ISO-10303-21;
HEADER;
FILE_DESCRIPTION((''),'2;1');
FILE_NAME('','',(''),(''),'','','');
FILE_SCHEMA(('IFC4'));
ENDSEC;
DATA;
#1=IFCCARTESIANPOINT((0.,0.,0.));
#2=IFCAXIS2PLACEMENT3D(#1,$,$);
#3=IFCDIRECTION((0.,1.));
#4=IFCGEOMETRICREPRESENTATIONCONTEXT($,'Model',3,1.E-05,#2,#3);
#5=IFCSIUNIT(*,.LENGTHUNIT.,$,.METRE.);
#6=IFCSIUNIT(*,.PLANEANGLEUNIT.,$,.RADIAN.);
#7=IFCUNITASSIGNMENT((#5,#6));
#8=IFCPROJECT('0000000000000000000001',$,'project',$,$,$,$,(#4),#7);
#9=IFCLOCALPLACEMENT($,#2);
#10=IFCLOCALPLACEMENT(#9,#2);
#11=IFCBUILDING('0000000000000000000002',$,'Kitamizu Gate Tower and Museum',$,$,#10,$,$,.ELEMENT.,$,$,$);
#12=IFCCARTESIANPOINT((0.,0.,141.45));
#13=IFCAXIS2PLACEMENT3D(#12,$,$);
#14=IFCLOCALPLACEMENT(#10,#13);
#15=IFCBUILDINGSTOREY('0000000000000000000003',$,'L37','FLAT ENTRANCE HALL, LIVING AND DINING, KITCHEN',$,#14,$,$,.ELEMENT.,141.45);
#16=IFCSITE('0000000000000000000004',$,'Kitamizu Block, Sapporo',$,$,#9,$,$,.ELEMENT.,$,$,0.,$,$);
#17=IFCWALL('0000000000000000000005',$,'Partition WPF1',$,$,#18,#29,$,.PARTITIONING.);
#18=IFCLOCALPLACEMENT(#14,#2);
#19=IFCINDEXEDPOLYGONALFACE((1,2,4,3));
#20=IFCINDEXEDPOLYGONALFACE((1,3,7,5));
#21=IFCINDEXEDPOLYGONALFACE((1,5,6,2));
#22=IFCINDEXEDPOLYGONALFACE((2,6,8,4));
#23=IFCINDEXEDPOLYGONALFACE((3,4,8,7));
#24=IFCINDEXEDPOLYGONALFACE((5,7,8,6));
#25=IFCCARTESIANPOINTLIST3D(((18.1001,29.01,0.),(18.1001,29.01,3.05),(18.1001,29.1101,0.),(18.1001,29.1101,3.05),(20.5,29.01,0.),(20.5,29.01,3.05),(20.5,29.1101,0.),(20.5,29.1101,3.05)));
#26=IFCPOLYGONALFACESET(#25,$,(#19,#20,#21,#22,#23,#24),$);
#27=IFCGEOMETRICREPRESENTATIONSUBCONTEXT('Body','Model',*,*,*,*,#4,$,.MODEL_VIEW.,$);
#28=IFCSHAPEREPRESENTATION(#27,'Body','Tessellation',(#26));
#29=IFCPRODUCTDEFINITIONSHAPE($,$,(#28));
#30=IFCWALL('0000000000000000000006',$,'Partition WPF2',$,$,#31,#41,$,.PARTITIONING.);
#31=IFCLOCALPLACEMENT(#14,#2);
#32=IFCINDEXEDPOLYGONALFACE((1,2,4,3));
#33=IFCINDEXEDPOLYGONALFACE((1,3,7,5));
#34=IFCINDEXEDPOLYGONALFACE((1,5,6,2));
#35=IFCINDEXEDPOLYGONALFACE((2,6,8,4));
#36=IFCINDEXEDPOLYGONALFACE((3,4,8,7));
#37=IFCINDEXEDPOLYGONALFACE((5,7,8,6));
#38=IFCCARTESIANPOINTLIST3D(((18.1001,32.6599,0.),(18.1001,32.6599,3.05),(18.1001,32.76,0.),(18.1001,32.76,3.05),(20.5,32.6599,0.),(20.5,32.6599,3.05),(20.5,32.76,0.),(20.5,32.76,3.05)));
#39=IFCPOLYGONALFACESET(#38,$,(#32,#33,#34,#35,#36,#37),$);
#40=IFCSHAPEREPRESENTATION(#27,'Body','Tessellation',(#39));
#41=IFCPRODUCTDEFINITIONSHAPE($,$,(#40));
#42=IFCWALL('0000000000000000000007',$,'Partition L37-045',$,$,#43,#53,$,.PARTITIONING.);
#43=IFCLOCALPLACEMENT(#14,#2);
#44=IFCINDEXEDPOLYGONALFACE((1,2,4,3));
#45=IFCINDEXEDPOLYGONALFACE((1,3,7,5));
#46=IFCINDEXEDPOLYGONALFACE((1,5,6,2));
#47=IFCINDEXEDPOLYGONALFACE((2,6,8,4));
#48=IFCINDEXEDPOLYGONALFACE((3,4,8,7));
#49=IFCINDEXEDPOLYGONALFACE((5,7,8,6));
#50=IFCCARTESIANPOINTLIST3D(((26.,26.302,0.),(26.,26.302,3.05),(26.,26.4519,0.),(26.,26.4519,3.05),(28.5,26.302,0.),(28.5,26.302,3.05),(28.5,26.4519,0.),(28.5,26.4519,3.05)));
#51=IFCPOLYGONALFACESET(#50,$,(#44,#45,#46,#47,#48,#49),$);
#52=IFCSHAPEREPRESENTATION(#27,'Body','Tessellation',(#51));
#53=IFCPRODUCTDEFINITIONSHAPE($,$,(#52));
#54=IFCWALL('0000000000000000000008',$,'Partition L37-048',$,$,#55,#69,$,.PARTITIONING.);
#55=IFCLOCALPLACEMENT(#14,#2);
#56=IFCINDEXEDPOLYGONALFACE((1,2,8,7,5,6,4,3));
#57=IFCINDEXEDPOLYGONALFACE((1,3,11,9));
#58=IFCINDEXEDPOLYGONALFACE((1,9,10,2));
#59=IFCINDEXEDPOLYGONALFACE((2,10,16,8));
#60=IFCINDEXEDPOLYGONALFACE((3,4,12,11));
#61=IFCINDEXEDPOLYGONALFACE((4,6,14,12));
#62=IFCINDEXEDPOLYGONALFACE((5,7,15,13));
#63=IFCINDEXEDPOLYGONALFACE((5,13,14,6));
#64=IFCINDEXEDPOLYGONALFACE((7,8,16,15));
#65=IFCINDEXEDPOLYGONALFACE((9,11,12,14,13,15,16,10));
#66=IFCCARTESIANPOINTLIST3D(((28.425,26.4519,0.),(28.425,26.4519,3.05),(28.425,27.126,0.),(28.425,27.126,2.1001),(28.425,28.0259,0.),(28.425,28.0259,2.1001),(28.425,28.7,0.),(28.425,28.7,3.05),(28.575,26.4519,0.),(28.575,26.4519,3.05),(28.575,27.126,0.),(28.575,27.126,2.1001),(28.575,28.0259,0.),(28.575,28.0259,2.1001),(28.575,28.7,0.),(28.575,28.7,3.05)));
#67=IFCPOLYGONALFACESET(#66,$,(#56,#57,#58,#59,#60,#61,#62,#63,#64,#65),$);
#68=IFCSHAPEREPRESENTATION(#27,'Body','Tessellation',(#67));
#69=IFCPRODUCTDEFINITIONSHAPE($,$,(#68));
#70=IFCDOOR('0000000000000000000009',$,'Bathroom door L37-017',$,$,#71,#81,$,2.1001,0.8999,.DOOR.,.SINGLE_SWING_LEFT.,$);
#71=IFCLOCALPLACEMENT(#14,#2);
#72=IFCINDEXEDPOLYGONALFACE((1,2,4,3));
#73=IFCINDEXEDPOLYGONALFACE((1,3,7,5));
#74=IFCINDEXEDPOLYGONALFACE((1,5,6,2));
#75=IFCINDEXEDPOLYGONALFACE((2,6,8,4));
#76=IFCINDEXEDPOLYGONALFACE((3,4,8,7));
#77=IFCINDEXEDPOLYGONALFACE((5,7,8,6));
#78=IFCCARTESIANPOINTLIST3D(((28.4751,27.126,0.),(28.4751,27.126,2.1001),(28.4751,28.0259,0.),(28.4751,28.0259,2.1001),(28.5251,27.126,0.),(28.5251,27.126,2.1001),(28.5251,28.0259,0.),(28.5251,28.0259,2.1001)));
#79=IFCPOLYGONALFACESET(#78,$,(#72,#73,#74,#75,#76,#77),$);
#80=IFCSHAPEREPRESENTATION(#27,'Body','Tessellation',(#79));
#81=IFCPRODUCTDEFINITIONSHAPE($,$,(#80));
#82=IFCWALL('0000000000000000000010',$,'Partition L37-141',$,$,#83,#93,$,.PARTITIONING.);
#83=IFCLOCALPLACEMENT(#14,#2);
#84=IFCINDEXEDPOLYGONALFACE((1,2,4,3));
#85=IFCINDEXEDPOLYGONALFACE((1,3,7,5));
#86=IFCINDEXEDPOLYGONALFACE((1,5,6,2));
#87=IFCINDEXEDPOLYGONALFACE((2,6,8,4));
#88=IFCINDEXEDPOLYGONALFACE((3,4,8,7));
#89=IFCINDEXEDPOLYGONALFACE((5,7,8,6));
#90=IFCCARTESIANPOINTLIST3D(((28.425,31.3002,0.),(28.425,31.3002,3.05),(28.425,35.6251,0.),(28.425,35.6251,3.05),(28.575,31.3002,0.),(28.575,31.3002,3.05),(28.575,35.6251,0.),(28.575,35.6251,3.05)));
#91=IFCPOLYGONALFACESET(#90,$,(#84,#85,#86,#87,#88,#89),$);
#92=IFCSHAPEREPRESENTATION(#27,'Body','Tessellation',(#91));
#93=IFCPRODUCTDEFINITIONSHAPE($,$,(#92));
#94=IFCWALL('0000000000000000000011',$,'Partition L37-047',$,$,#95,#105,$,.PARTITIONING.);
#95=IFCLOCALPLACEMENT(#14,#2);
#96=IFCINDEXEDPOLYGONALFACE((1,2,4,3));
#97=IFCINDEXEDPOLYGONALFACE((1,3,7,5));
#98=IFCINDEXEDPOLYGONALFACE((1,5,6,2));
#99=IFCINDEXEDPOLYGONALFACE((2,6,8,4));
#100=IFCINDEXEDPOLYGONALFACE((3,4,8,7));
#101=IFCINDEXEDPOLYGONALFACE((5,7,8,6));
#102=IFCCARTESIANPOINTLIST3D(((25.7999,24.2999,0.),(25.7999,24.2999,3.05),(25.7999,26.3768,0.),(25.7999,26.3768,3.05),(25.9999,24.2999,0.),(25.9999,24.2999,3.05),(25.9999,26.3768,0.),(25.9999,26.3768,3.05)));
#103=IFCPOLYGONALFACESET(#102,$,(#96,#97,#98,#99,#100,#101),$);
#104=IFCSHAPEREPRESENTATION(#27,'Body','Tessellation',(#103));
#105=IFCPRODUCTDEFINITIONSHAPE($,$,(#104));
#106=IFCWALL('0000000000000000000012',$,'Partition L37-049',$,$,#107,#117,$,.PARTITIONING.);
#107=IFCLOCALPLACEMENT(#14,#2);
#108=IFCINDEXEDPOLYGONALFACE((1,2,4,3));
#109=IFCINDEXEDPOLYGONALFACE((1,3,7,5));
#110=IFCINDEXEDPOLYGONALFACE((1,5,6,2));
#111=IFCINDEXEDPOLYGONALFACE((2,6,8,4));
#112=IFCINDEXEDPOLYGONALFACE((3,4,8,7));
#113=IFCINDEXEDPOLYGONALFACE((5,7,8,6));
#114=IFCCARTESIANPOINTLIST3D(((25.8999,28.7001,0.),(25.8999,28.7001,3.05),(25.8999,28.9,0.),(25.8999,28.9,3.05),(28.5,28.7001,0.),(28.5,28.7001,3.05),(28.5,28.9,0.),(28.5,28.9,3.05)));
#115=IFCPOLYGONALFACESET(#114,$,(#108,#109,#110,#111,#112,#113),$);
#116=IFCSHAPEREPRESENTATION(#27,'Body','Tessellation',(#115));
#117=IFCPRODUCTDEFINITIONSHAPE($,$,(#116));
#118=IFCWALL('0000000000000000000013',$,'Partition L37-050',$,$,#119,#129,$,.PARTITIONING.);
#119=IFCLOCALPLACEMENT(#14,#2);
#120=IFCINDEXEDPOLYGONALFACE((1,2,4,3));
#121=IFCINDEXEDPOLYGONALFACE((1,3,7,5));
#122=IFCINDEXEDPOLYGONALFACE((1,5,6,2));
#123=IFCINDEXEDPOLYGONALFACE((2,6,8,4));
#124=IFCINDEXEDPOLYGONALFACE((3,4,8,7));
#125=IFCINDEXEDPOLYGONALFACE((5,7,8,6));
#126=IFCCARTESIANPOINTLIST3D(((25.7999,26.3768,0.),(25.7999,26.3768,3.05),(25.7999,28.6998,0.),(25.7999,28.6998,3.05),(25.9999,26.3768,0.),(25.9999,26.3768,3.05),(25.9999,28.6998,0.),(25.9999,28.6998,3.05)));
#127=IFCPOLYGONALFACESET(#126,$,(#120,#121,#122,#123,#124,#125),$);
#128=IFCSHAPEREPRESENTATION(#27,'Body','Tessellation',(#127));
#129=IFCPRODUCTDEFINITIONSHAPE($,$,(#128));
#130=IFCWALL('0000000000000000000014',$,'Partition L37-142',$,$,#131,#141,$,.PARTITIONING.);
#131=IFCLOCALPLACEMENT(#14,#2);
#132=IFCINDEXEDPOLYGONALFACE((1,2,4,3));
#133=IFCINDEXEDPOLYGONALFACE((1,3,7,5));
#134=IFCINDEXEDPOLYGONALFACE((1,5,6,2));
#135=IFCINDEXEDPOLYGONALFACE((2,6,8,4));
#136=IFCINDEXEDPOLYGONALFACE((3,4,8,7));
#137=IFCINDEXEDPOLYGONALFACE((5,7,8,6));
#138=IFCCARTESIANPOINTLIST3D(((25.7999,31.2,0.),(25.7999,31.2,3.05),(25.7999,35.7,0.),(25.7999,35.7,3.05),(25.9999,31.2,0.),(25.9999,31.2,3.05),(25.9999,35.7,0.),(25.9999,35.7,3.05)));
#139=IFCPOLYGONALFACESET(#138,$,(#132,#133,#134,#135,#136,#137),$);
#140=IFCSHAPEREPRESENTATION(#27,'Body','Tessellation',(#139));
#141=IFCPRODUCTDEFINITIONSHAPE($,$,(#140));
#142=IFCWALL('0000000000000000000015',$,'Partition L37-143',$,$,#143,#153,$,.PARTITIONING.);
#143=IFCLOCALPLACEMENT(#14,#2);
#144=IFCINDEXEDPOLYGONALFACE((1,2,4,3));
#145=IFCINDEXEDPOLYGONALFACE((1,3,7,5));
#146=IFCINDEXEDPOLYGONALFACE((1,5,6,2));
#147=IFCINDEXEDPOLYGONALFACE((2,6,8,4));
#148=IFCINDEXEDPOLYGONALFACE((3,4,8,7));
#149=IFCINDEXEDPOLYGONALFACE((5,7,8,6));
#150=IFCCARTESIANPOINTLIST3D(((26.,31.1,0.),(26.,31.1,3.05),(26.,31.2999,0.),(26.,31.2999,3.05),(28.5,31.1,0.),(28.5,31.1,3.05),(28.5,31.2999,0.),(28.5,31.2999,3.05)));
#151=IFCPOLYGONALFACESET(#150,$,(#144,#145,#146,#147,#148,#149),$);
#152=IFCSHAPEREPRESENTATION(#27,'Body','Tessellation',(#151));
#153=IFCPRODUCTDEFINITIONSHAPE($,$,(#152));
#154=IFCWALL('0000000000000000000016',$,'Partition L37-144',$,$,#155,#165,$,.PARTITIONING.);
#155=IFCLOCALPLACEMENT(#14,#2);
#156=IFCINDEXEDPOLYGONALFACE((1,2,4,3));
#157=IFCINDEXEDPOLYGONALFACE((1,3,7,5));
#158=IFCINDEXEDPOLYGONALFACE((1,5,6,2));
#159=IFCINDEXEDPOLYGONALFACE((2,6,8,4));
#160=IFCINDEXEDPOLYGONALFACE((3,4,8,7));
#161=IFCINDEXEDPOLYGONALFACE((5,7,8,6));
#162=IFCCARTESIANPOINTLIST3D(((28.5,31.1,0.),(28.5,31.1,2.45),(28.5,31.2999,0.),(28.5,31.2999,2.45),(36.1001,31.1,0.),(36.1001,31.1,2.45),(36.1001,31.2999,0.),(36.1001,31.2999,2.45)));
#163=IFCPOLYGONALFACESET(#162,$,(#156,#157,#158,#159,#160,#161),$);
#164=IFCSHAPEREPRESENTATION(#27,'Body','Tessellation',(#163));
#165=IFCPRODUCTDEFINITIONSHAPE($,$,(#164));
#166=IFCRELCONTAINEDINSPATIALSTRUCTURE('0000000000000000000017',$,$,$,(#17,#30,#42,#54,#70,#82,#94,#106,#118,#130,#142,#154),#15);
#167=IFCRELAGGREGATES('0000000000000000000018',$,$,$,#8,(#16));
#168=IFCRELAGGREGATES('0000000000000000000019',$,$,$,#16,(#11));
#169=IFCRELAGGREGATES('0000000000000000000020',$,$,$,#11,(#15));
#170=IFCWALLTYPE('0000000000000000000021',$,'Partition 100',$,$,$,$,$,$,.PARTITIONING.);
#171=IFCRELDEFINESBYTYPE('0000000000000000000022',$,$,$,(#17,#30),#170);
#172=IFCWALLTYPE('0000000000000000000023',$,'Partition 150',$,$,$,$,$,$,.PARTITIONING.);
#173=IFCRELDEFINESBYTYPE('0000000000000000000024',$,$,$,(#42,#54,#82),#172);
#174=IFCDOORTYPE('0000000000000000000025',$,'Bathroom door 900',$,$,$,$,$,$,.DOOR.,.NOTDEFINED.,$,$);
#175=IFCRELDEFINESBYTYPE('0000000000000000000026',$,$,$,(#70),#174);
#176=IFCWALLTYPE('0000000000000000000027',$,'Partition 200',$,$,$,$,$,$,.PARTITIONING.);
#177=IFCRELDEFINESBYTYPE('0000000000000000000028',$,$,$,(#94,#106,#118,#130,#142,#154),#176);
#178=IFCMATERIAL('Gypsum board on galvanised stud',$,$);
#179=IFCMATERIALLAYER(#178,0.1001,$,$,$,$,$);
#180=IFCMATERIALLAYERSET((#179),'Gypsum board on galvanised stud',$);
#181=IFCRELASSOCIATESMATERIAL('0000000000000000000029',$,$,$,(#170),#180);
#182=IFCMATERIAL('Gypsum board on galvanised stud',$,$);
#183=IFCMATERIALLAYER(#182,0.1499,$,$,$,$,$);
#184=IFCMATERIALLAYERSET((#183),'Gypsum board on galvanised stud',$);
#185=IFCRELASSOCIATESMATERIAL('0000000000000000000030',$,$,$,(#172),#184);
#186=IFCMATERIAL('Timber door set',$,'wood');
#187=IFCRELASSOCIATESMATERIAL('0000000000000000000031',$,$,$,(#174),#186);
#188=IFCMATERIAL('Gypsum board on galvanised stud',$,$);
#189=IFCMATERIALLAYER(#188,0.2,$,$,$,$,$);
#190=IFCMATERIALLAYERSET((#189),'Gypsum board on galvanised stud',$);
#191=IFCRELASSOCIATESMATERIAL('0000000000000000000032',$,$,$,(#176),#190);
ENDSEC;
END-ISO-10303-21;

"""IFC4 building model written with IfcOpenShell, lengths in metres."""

from ifc_helpers import new_model, si_unit, direction, frame, frame_2d, origin, place, context, subcontext, project, spatial, rectangle, extrude, material, layer, layer_set, type_object, element, fill, save


model = new_model("IFC4")

# Units and contexts
model_context = context("Model", 3, precision=1e-05, world=origin(), true_north=direction((0.0, 1.0)))
body_context = subcontext(model_context, "Body", "Model", "MODEL_VIEW")
ifc_project = project(units=[si_unit("LENGTHUNIT", "METRE"), si_unit("PLANEANGLEUNIT", "RADIAN")], contexts=[model_context])

# Site, building, storey
site_placement = place(None, origin())
site = spatial("IfcSite", under=ifc_project, at=site_placement, Name="Kitamizu Block, Sapporo", CompositionType="ELEMENT", RefElevation=0.0)
building_placement = place(site_placement, origin())
building = spatial("IfcBuilding", under=site, at=building_placement, Name="Kitamizu Gate Tower and Museum", CompositionType="ELEMENT")
storey_placement = place(building_placement, frame((0.0, 0.0, 141.45)))
storey = spatial("IfcBuildingStorey", under=building, at=storey_placement, Name="L37", Description="FLAT ENTRANCE HALL, LIVING AND DINING, KITCHEN", CompositionType="ELEMENT", Elevation=141.45)

# Walls
ifc_material_1 = material(Name="Gypsum board on galvanised stud")
ifc_layer_1 = layer(ifc_material_1, 0.1001)
ifc_layer_set_1 = layer_set([ifc_layer_1], Name="Gypsum board on galvanised stud")
wall_type_1 = type_object("IfcWallType", Name="Partition 100", PredefinedType="PARTITIONING", material=ifc_layer_set_1)
for number, where, z_axis, x_axis, name in (
    (1, (18.1001, 29.0601, 0.0), (0.0, 0.0, 1.0), (1.0, 0.0, 0.0), "Partition WPF1"),
    (2, (18.1001, 32.71, 0.0), (0.0, 0.0, 1.0), (1.0, 0.0, 0.0), "Partition WPF2"),
):
    element("IfcWall", number, at=place(storey_placement, frame(where, z_axis=z_axis, x_axis=x_axis)), inside=storey, type_object=wall_type_1, Name=name, PredefinedType="PARTITIONING", context=body_context, shape_type="SweptSolid", body=[
        extrude(rectangle(XDim=2.3999, YDim=0.1001, at=frame_2d((1.2, 0.0))), origin(), (0.0, 0.0, 1.0), 3.05),
    ])
ifc_material_2 = material(Name="Gypsum board on galvanised stud")
ifc_layer_2 = layer(ifc_material_2, 0.1499)
ifc_layer_set_2 = layer_set([ifc_layer_2], Name="Gypsum board on galvanised stud")
wall_type_2 = type_object("IfcWallType", Name="Partition 150", PredefinedType="PARTITIONING", material=ifc_layer_set_2)
wall_1_placement = place(storey_placement, frame((28.5, 26.377, 0.0), z_axis=(0.0, 0.0, 1.0), x_axis=(-1.0, 0.0, 0.0)))
element("IfcWall", 3, at=wall_1_placement, inside=storey, type_object=wall_type_2, Name="Partition L37-045", PredefinedType="PARTITIONING", context=body_context, shape_type="SweptSolid", body=[
    extrude(rectangle(XDim=2.5, YDim=0.1499, at=frame_2d((1.25, 0.0))), origin(), (0.0, 0.0, 1.0), 3.05),
])

# Wall, opening, door
wall_2_placement = place(storey_placement, frame((28.5, 26.4519, 0.0), z_axis=(0.0, 0.0, 1.0), x_axis=(0.0, 1.0, 0.0)))
wall_2 = element("IfcWall", 4, at=wall_2_placement, inside=storey, type_object=wall_type_2, Name="Partition L37-048", PredefinedType="PARTITIONING", context=body_context, shape_type="SweptSolid", body=[
    extrude(rectangle(XDim=2.248, YDim=0.1499, at=frame_2d((1.124, 0.0))), origin(), (0.0, 0.0, 1.0), 3.05),
])
opening_1_placement = place(wall_2_placement, frame((0.6741, 0.0, 0.0)))
opening_1 = element("IfcOpeningElement", 5, at=opening_1_placement, cuts=wall_2, PredefinedType="OPENING", context=body_context, shape_type="SweptSolid", body=[
    extrude(rectangle(XDim=0.8999, YDim=2.1001, at=frame_2d((0.45, 1.05))), frame((0.0, 0.085, 0.0), z_axis=(0.0, -1.0, 0.0), x_axis=(1.0, 0.0, 0.0)), (0.0, 0.0, 1.0), 0.1699),
])
ifc_material_3 = material(Name="Timber door set", Category="wood")
door_type_1 = type_object("IfcDoorType", Name="Bathroom door 900", OperationType="NOTDEFINED", PredefinedType="DOOR", material=ifc_material_3)
door_1_placement = place(opening_1_placement, origin())
door_1 = element("IfcDoor", 6, at=door_1_placement, inside=storey, type_object=door_type_1, Name="Bathroom door L37-017", OperationType="SINGLE_SWING_LEFT", OverallHeight=2.1001, OverallWidth=0.8999, PredefinedType="DOOR", context=body_context, shape_type="SweptSolid", body=[
    extrude(rectangle(XDim=0.8999, YDim=2.1001, at=frame_2d((0.45, 1.05))), frame((0.0, 0.0249, 0.0), z_axis=(0.0, -1.0, 0.0), x_axis=(1.0, 0.0, 0.0)), (0.0, 0.0, 1.0), 0.05),
])
fill(opening_1, door_1)

# Walls
wall_3_placement = place(storey_placement, frame((28.5, 31.3, 0.0), z_axis=(0.0, 0.0, 1.0), x_axis=(0.0, 1.0, 0.0)))
element("IfcWall", 7, at=wall_3_placement, inside=storey, type_object=wall_type_2, Name="Partition L37-141", PredefinedType="PARTITIONING", context=body_context, shape_type="SweptSolid", body=[
    extrude(rectangle(XDim=4.325, YDim=0.1499, at=frame_2d((2.1626, 0.0))), origin(), (0.0, 0.0, 1.0), 3.05),
])
ifc_material_4 = material(Name="Gypsum board on galvanised stud")
ifc_layer_3 = layer(ifc_material_4, 0.2)
ifc_layer_set_3 = layer_set([ifc_layer_3], Name="Gypsum board on galvanised stud")
wall_type_3 = type_object("IfcWallType", Name="Partition 200", PredefinedType="PARTITIONING", material=ifc_layer_set_3)
wall_4_placement = place(storey_placement, frame((25.8999, 26.377, 0.0), z_axis=(0.0, 0.0, 1.0), x_axis=(0.0, -1.0, 0.0)))
element("IfcWall", 8, at=wall_4_placement, inside=storey, type_object=wall_type_3, Name="Partition L37-047", PredefinedType="PARTITIONING", context=body_context, shape_type="SweptSolid", body=[
    extrude(rectangle(XDim=2.0769, YDim=0.2, at=frame_2d((1.0386, 0.0))), origin(), (0.0, 0.0, 1.0), 3.05),
])
wall_5_placement = place(storey_placement, frame((28.5, 28.8, 0.0), z_axis=(0.0, 0.0, 1.0), x_axis=(-1.0, 0.0, 0.0)))
element("IfcWall", 9, at=wall_5_placement, inside=storey, type_object=wall_type_3, Name="Partition L37-049", PredefinedType="PARTITIONING", context=body_context, shape_type="SweptSolid", body=[
    extrude(rectangle(XDim=2.6001, YDim=0.2, at=frame_2d((1.3, 0.0))), origin(), (0.0, 0.0, 1.0), 3.05),
])
wall_6_placement = place(storey_placement, frame((25.8999, 28.7, 0.0), z_axis=(0.0, 0.0, 1.0), x_axis=(0.0, -1.0, 0.0)))
element("IfcWall", 10, at=wall_6_placement, inside=storey, type_object=wall_type_3, Name="Partition L37-050", PredefinedType="PARTITIONING", context=body_context, shape_type="SweptSolid", body=[
    extrude(rectangle(XDim=2.323, YDim=0.2, at=frame_2d((1.1616, 0.0))), origin(), (0.0, 0.0, 1.0), 3.05),
])
wall_7_placement = place(storey_placement, frame((25.8999, 35.7, 0.0), z_axis=(0.0, 0.0, 1.0), x_axis=(0.0, -1.0, 0.0)))
element("IfcWall", 11, at=wall_7_placement, inside=storey, type_object=wall_type_3, Name="Partition L37-142", PredefinedType="PARTITIONING", context=body_context, shape_type="SweptSolid", body=[
    extrude(rectangle(XDim=4.5, YDim=0.2, at=frame_2d((2.25, 0.0))), origin(), (0.0, 0.0, 1.0), 3.05),
])
wall_8_placement = place(storey_placement, frame((26.0, 31.2, 0.0), z_axis=(0.0, 0.0, 1.0), x_axis=(1.0, 0.0, 0.0)))
element("IfcWall", 12, at=wall_8_placement, inside=storey, type_object=wall_type_3, Name="Partition L37-143", PredefinedType="PARTITIONING", context=body_context, shape_type="SweptSolid", body=[
    extrude(rectangle(XDim=2.5, YDim=0.2, at=frame_2d((1.25, 0.0))), origin(), (0.0, 0.0, 1.0), 3.05),
])
wall_9_placement = place(storey_placement, frame((28.5, 31.2, 0.0), z_axis=(0.0, 0.0, 1.0), x_axis=(1.0, 0.0, 0.0)))
element("IfcWall", 13, at=wall_9_placement, inside=storey, type_object=wall_type_3, Name="Partition L37-144", PredefinedType="PARTITIONING", context=body_context, shape_type="SweptSolid", body=[
    extrude(rectangle(XDim=7.6001, YDim=0.2, at=frame_2d((3.8, 0.0))), origin(), (0.0, 0.0, 1.0), 2.45),
])

save(model, "model.ifc")
